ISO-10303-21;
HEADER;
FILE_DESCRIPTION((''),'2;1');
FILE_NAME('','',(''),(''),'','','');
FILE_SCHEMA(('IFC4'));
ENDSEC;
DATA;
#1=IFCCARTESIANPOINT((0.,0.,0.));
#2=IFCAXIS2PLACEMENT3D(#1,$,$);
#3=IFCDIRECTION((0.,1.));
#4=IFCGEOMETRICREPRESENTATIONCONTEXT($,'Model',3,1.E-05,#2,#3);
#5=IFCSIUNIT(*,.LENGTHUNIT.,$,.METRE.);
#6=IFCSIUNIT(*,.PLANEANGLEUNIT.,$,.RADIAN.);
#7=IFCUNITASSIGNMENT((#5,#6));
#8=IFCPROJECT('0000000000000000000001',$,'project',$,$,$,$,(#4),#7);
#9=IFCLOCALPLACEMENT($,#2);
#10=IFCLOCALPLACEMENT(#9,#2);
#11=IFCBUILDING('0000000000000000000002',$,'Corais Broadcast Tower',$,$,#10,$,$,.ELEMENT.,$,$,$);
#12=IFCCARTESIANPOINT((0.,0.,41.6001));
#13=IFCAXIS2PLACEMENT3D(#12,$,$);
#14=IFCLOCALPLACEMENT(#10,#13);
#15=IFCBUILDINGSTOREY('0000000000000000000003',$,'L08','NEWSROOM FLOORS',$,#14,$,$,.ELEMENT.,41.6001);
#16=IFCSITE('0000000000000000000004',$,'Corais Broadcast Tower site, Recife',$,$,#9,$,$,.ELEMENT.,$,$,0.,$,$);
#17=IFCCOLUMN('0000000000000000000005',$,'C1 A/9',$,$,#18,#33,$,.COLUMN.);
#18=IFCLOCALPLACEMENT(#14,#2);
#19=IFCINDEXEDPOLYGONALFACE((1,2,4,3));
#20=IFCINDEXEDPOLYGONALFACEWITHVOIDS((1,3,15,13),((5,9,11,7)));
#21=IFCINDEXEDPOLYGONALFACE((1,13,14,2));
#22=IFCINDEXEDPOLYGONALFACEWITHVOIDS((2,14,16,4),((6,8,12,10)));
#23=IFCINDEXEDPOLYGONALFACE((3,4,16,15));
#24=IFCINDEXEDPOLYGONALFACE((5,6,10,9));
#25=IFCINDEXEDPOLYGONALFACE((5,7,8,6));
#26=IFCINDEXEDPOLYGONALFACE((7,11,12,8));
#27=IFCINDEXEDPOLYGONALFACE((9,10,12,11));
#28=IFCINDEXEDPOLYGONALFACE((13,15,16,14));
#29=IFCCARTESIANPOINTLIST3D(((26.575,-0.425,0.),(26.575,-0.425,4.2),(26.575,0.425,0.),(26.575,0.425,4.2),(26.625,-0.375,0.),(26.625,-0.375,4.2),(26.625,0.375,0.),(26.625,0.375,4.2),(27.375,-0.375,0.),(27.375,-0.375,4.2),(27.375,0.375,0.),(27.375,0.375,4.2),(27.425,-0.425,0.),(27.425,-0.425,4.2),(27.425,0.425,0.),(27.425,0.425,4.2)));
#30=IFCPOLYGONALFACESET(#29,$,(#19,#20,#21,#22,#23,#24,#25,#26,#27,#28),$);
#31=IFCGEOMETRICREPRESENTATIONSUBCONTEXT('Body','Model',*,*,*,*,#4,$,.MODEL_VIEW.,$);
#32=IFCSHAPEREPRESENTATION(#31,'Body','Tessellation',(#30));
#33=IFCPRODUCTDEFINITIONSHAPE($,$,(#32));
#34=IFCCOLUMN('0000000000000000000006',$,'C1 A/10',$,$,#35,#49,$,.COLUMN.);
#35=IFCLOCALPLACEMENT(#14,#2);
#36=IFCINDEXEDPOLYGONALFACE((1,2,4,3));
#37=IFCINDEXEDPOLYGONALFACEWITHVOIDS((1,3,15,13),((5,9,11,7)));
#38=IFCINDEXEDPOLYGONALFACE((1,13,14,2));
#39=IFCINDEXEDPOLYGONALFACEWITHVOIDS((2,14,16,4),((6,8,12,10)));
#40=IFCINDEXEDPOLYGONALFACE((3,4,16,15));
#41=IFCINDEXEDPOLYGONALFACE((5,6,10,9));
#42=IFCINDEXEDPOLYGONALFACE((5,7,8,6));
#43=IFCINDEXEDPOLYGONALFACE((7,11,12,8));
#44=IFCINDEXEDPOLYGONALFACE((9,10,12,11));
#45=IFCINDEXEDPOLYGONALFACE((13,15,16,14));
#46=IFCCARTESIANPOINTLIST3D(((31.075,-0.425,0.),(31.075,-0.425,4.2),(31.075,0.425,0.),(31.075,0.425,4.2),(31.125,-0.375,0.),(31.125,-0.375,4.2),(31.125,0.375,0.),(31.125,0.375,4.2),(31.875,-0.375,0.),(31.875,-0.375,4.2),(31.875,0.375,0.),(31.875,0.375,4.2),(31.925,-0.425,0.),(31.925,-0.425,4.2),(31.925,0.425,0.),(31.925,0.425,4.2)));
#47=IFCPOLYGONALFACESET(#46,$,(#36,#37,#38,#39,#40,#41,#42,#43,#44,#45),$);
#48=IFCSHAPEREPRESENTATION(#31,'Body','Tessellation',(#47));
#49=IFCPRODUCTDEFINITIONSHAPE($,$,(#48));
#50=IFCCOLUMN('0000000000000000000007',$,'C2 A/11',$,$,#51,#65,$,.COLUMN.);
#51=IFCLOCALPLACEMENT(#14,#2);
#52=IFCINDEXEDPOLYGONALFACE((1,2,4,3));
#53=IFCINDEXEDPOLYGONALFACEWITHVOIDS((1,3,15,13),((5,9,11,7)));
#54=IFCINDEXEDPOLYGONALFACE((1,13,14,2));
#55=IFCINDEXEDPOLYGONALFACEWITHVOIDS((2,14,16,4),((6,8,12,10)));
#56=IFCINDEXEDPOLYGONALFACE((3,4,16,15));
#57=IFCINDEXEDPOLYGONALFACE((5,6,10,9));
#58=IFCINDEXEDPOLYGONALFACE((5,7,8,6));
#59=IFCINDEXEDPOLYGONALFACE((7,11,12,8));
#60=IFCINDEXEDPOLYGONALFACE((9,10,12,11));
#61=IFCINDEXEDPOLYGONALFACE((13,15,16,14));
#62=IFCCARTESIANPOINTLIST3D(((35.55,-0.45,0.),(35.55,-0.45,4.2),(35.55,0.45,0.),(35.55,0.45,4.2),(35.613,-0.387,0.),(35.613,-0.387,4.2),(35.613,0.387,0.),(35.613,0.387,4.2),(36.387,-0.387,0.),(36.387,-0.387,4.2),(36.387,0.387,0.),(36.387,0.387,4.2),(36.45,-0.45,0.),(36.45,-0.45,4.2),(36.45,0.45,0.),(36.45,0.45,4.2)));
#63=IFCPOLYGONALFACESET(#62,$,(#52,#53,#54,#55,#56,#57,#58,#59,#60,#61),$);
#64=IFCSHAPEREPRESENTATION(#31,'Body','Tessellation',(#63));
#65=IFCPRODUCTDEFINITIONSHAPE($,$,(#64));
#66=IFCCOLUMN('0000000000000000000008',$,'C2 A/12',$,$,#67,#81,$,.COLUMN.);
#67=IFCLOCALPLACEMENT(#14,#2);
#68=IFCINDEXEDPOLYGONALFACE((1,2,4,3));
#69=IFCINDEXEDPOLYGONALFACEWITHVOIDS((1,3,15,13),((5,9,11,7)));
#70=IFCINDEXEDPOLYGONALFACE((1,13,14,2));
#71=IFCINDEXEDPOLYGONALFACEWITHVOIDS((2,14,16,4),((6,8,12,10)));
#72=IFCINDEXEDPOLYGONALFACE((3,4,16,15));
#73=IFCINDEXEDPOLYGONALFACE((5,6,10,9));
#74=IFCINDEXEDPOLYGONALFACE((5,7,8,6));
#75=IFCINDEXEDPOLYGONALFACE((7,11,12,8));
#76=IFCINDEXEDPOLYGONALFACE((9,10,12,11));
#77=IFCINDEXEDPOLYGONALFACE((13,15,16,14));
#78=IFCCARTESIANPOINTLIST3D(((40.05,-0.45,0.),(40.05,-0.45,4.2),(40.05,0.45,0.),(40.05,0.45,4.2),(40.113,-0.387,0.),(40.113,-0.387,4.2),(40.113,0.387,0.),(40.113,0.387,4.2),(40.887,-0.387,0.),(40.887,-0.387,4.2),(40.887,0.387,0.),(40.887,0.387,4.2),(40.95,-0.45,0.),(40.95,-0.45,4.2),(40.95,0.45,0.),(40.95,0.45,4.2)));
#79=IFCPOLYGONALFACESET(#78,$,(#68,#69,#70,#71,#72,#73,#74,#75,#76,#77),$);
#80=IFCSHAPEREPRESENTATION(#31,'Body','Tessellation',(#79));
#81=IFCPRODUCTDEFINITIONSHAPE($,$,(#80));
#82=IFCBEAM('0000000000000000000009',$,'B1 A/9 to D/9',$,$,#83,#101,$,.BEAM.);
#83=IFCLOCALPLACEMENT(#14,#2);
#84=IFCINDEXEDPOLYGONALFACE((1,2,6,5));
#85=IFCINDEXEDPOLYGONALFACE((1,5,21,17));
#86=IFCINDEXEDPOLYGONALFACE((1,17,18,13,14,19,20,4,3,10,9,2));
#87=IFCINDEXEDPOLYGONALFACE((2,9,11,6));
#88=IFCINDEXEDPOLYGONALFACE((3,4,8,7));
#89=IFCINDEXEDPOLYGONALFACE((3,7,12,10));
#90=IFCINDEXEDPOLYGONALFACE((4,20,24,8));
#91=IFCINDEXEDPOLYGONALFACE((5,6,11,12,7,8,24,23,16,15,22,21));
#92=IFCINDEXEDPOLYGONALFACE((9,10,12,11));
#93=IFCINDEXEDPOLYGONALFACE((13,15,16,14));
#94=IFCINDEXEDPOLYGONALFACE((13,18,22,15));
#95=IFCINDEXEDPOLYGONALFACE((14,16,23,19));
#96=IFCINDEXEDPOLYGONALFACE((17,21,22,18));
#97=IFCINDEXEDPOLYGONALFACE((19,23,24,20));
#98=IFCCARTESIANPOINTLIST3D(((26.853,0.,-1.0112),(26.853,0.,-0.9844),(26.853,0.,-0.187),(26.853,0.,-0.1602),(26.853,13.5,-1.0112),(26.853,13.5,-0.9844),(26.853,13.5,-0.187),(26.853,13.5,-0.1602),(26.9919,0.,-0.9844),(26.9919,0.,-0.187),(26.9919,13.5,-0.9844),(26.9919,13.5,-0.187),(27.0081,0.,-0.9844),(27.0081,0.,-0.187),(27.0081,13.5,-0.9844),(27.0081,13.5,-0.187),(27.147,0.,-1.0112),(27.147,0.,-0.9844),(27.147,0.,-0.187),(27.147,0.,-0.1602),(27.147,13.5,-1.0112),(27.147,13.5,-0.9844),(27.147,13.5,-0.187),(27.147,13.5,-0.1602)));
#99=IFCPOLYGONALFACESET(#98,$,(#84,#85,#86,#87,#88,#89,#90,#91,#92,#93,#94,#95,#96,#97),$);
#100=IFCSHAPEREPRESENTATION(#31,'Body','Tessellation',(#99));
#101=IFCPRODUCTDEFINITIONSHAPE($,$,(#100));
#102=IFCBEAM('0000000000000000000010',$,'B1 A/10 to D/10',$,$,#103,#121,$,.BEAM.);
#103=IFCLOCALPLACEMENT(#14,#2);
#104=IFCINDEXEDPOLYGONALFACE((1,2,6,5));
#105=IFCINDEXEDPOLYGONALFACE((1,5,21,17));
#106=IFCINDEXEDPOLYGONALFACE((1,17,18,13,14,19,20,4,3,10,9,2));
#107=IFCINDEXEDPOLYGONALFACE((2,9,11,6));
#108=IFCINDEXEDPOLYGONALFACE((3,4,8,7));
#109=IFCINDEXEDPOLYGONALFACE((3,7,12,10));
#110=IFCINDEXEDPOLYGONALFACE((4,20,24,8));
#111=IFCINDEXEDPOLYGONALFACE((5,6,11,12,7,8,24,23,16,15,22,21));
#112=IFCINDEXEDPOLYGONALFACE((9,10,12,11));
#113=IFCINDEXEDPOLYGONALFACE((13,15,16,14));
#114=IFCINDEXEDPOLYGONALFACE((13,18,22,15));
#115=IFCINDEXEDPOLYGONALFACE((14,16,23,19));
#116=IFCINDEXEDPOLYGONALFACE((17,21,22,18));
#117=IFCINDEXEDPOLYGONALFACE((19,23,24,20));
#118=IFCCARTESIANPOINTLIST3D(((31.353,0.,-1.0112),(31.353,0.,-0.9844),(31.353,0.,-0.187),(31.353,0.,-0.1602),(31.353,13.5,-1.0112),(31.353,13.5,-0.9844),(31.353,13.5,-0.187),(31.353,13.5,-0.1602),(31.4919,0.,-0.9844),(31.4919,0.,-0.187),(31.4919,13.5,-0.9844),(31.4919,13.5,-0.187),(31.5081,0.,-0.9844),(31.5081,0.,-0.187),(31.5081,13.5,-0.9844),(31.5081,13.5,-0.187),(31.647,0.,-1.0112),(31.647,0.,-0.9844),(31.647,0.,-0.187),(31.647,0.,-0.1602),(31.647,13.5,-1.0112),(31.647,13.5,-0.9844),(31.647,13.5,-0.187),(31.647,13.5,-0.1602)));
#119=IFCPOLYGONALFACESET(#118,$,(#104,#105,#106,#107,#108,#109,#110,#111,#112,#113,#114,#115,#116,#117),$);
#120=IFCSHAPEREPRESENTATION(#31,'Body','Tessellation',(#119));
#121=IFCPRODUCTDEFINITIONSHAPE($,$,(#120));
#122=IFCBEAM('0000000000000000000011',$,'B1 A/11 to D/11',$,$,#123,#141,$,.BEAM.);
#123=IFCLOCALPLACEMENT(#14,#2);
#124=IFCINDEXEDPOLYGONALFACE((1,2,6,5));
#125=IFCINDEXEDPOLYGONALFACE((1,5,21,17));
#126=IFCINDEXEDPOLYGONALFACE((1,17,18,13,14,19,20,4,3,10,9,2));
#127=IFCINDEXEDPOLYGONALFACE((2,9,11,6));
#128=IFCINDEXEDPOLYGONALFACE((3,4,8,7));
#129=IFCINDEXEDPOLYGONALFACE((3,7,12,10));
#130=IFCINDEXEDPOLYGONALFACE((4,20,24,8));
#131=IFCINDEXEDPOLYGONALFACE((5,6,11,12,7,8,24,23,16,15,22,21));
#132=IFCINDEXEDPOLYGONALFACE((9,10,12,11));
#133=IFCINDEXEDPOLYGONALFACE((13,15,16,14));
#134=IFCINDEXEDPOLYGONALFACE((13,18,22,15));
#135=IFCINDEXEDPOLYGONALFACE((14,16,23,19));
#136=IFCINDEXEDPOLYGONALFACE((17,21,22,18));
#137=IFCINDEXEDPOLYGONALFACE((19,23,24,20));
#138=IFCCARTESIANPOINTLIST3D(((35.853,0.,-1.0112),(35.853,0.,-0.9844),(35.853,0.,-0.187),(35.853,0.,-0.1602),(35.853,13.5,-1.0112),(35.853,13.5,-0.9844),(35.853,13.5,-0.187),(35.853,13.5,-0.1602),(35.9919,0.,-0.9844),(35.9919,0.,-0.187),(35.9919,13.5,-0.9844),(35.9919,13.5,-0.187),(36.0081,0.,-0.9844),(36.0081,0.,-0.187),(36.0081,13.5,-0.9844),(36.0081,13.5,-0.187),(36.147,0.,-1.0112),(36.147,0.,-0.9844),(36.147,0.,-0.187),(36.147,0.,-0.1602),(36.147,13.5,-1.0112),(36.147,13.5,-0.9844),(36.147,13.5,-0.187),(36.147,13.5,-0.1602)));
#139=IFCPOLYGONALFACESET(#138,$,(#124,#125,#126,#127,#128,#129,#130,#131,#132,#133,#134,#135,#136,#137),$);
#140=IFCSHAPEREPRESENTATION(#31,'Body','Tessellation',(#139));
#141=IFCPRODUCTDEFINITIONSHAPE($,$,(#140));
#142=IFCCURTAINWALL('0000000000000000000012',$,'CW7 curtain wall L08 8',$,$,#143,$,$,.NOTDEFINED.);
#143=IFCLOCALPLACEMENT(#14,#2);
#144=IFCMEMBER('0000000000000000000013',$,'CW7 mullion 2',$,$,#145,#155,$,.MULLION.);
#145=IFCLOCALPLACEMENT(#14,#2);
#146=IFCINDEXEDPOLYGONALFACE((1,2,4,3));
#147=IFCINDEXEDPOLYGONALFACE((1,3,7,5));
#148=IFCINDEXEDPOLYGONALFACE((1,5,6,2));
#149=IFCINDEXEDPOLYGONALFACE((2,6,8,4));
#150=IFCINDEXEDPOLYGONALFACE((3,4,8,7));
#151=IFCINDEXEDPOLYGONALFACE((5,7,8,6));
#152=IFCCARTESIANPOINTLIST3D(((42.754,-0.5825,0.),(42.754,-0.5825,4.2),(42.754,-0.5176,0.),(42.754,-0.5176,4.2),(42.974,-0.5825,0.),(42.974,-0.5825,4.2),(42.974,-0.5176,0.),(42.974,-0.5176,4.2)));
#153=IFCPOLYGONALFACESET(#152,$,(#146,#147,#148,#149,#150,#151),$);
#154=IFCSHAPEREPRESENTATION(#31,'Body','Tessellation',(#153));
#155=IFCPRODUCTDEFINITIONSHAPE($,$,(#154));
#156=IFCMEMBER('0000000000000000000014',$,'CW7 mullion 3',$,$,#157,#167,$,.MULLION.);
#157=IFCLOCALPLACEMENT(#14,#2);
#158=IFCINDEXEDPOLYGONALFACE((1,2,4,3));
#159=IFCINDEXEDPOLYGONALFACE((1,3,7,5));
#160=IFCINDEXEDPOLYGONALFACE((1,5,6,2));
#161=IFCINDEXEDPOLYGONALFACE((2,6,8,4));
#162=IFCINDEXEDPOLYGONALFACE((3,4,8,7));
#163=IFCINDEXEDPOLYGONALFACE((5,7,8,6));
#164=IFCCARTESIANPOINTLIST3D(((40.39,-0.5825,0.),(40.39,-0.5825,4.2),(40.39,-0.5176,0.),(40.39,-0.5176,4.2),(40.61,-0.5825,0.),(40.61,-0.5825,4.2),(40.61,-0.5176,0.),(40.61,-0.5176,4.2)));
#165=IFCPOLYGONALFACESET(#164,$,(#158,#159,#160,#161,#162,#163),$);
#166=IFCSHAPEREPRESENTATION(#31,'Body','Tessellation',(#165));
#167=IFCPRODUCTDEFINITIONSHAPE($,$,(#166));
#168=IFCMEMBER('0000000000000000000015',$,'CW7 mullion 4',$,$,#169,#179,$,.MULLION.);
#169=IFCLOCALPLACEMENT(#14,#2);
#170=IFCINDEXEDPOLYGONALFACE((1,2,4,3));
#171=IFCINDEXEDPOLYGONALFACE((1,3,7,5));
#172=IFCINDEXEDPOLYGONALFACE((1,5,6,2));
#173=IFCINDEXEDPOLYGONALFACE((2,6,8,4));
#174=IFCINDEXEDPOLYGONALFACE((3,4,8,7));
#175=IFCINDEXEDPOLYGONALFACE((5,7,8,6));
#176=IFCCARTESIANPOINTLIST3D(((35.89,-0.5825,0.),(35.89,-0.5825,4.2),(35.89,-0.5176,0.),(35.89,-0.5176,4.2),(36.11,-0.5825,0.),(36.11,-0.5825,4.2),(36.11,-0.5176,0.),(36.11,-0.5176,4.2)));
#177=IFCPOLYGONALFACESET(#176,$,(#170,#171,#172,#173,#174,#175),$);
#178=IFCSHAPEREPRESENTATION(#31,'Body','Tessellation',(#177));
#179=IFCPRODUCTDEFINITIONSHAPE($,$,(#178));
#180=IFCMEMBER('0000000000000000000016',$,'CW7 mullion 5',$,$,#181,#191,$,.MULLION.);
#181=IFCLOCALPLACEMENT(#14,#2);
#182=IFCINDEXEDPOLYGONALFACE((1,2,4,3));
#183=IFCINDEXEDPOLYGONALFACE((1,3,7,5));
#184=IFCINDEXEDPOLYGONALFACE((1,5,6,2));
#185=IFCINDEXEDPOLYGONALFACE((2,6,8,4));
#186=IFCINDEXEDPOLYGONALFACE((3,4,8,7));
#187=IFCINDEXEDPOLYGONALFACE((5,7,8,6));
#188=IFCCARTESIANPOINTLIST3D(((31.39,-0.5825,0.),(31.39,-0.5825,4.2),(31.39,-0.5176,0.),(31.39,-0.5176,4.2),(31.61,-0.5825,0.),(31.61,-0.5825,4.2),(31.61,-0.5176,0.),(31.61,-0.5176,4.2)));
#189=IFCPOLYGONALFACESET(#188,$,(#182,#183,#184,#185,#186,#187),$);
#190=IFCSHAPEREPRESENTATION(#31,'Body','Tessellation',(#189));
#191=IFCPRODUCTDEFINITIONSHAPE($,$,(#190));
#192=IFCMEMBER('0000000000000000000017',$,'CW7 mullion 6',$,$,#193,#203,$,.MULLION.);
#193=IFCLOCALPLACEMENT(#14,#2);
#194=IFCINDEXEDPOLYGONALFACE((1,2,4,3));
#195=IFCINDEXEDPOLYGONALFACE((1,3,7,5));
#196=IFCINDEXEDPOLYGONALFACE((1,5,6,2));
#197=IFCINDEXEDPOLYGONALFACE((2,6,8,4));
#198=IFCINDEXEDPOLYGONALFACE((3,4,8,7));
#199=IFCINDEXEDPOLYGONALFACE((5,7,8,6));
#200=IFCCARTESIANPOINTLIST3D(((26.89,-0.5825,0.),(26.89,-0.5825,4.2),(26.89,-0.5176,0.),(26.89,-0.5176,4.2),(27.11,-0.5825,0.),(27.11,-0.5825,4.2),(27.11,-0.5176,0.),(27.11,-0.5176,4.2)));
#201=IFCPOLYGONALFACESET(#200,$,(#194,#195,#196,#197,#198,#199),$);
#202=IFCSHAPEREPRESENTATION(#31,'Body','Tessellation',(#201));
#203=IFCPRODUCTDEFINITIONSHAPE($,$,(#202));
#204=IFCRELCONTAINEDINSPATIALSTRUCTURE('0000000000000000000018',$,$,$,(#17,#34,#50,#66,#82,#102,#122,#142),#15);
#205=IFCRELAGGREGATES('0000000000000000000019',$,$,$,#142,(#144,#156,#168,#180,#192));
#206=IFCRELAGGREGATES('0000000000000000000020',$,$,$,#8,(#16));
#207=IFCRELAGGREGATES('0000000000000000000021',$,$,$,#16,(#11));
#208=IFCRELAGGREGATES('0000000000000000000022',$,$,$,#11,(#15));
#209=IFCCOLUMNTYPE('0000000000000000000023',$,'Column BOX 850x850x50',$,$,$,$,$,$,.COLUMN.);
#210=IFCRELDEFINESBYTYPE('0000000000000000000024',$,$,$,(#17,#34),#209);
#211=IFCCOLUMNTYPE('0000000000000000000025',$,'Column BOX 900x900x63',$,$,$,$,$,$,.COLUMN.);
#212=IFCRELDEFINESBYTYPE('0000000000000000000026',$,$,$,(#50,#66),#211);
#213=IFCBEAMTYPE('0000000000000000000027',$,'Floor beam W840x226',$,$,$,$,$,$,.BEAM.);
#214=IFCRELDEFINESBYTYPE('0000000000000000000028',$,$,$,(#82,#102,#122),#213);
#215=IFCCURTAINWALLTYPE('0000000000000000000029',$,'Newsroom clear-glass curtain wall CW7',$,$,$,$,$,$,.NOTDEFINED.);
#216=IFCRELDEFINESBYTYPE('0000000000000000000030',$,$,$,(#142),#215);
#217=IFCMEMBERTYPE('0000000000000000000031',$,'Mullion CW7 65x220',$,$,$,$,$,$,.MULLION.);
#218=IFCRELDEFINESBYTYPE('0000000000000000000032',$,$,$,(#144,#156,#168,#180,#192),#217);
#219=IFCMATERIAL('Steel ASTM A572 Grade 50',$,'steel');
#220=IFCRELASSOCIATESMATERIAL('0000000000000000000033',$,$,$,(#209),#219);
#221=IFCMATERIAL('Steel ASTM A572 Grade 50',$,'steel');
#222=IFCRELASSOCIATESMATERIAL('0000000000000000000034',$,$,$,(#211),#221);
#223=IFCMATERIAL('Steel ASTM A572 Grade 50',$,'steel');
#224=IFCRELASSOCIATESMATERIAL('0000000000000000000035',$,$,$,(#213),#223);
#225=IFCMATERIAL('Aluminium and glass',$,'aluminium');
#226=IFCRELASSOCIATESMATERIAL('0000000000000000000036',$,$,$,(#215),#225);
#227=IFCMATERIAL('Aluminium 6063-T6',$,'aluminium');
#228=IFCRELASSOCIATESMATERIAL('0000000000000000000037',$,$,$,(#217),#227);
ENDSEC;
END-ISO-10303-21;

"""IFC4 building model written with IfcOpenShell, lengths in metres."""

from ifc_helpers import new_model, si_unit, direction, frame, origin, origin_2d, place, context, subcontext, project, spatial, rectangle, hollow_rectangle, i_section, extrude, material, material_profile, profile_set, type_object, element, aggregate, save


model = new_model("IFC4")

# Units and contexts
model_context = context("Model", 3, precision=1e-05, world=origin(), true_north=direction((0.0, 1.0)))
body_context = subcontext(model_context, "Body", "Model", "MODEL_VIEW")
ifc_project = project(units=[si_unit("LENGTHUNIT", "METRE"), si_unit("PLANEANGLEUNIT", "RADIAN")], contexts=[model_context])

# Site, building, storey
site_placement = place(None, origin())
site = spatial("IfcSite", under=ifc_project, at=site_placement, Name="Corais Broadcast Tower site, Recife", CompositionType="ELEMENT", RefElevation=0.0)
building_placement = place(site_placement, origin())
building = spatial("IfcBuilding", under=site, at=building_placement, Name="Corais Broadcast Tower", CompositionType="ELEMENT")
storey_placement = place(building_placement, frame((0.0, 0.0, 41.6001)))
storey = spatial("IfcBuildingStorey", under=building, at=storey_placement, Name="L08", Description="NEWSROOM FLOORS", CompositionType="ELEMENT", Elevation=41.6001)

# Columns
ifc_material_1 = material(Name="Steel ASTM A572 Grade 50", Category="steel")
ifc_material_profile_1 = material_profile(ifc_material_1, hollow_rectangle(XDim=0.8501, YDim=0.8501, WallThickness=0.05, at=origin_2d()), Name="BOX 850x850x50")
ifc_profile_set_1 = profile_set([ifc_material_profile_1], Name="Steel ASTM A572 Grade 50")
column_type_1 = type_object("IfcColumnType", Name="Column BOX 850x850x50", PredefinedType="COLUMN", material=ifc_profile_set_1)
for number, where, z_axis, x_axis, name in (
    (1, (27.0, 0.0, 0.0), (0.0, 0.0, 1.0), (1.0, 0.0, 0.0), "C1 A/9"),
    (2, (31.5, 0.0, 0.0), (0.0, 0.0, 1.0), (1.0, 0.0, 0.0), "C1 A/10"),
):
    element("IfcColumn", number, at=place(storey_placement, frame(where, z_axis=z_axis, x_axis=x_axis)), inside=storey, type_object=column_type_1, Name=name, PredefinedType="COLUMN", context=body_context, shape_type="SweptSolid", body=[
        extrude(hollow_rectangle(XDim=0.8501, YDim=0.8501, WallThickness=0.05, at=origin_2d()), origin(), (0.0, 0.0, 1.0), 4.2),
    ])
ifc_material_2 = material(Name="Steel ASTM A572 Grade 50", Category="steel")
ifc_material_profile_2 = material_profile(ifc_material_2, hollow_rectangle(XDim=0.8999, YDim=0.8999, WallThickness=0.063, at=origin_2d()), Name="BOX 900x900x63")
ifc_profile_set_2 = profile_set([ifc_material_profile_2], Name="Steel ASTM A572 Grade 50")
column_type_2 = type_object("IfcColumnType", Name="Column BOX 900x900x63", PredefinedType="COLUMN", material=ifc_profile_set_2)
for number, where, z_axis, x_axis, name in (
    (3, (36.0, 0.0, 0.0), (0.0, 0.0, 1.0), (1.0, 0.0, 0.0), "C2 A/11"),
    (4, (40.5, 0.0, 0.0), (0.0, 0.0, 1.0), (1.0, 0.0, 0.0), "C2 A/12"),
):
    element("IfcColumn", number, at=place(storey_placement, frame(where, z_axis=z_axis, x_axis=x_axis)), inside=storey, type_object=column_type_2, Name=name, PredefinedType="COLUMN", context=body_context, shape_type="SweptSolid", body=[
        extrude(hollow_rectangle(XDim=0.8999, YDim=0.8999, WallThickness=0.063, at=origin_2d()), origin(), (0.0, 0.0, 1.0), 4.2),
    ])

# Beams
ifc_material_3 = material(Name="Steel ASTM A572 Grade 50", Category="steel")
ifc_material_profile_3 = material_profile(ifc_material_3, i_section(OverallWidth=0.2939, OverallDepth=0.8511, WebThickness=0.0161, FlangeThickness=0.0269, at=origin_2d()), Name="W840x226")
ifc_profile_set_3 = profile_set([ifc_material_profile_3], Name="Steel ASTM A572 Grade 50")
beam_type_1 = type_object("IfcBeamType", Name="Floor beam W840x226", PredefinedType="BEAM", material=ifc_profile_set_3)
for number, where, z_axis, x_axis, name in (
    (5, (27.0, 0.0, -0.5857), (0.0, 1.0, 0.0), (-1.0, 0.0, 0.0), "B1 A/9 to D/9"),
    (6, (31.5, 0.0, -0.5857), (0.0, 1.0, 0.0), (-1.0, 0.0, 0.0), "B1 A/10 to D/10"),
    (7, (36.0, 0.0, -0.5857), (0.0, 1.0, 0.0), (-1.0, 0.0, 0.0), "B1 A/11 to D/11"),
):
    element("IfcBeam", number, at=place(storey_placement, frame(where, z_axis=z_axis, x_axis=x_axis)), inside=storey, type_object=beam_type_1, Name=name, PredefinedType="BEAM", context=body_context, shape_type="SweptSolid", body=[
        extrude(i_section(OverallWidth=0.2939, OverallDepth=0.8511, WebThickness=0.0161, FlangeThickness=0.0269, at=origin_2d()), origin(), (0.0, 0.0, 1.0), 13.5),
    ])

# Curtain wall, members
ifc_material_4 = material(Name="Aluminium and glass", Category="aluminium")
curtain_wall_type = type_object("IfcCurtainWallType", Name="Newsroom clear-glass curtain wall CW7", PredefinedType="NOTDEFINED", material=ifc_material_4)
curtain_wall_placement = place(storey_placement, origin())
curtain_wall = element("IfcCurtainWall", 8, at=curtain_wall_placement, inside=storey, type_object=curtain_wall_type, Name="CW7 curtain wall L08 8", PredefinedType="NOTDEFINED")
ifc_material_5 = material(Name="Aluminium 6063-T6", Category="aluminium")
ifc_material_profile_4 = material_profile(ifc_material_5, rectangle(XDim=0.0649, YDim=0.22, at=origin_2d()), Name="Mullion CW7 65x220")
ifc_profile_set_4 = profile_set([ifc_material_profile_4], Name="Aluminium 6063-T6")
member_type_1 = type_object("IfcMemberType", Name="Mullion CW7 65x220", PredefinedType="MULLION", material=ifc_profile_set_4)
member_1_placement = place(storey_placement, frame((42.864, -0.55, 0.0), z_axis=(0.0, 0.0, 1.0), x_axis=(0.0, -1.0, 0.0)))
member_1 = element("IfcMember", 9, at=member_1_placement, type_object=member_type_1, Name="CW7 mullion 2", PredefinedType="MULLION", context=body_context, shape_type="SweptSolid", body=[
    extrude(rectangle(XDim=0.0649, YDim=0.22, at=origin_2d()), origin(), (0.0, 0.0, 1.0), 4.2),
])
member_2_placement = place(storey_placement, frame((40.5, -0.55, 0.0), z_axis=(0.0, 0.0, 1.0), x_axis=(0.0, -1.0, 0.0)))
member_2 = element("IfcMember", 10, at=member_2_placement, type_object=member_type_1, Name="CW7 mullion 3", PredefinedType="MULLION", context=body_context, shape_type="SweptSolid", body=[
    extrude(rectangle(XDim=0.0649, YDim=0.22, at=origin_2d()), origin(), (0.0, 0.0, 1.0), 4.2),
])
member_3_placement = place(storey_placement, frame((36.0, -0.55, 0.0), z_axis=(0.0, 0.0, 1.0), x_axis=(0.0, -1.0, 0.0)))
member_3 = element("IfcMember", 11, at=member_3_placement, type_object=member_type_1, Name="CW7 mullion 4", PredefinedType="MULLION", context=body_context, shape_type="SweptSolid", body=[
    extrude(rectangle(XDim=0.0649, YDim=0.22, at=origin_2d()), origin(), (0.0, 0.0, 1.0), 4.2),
])
member_4_placement = place(storey_placement, frame((31.5, -0.55, 0.0), z_axis=(0.0, 0.0, 1.0), x_axis=(0.0, -1.0, 0.0)))
member_4 = element("IfcMember", 12, at=member_4_placement, type_object=member_type_1, Name="CW7 mullion 5", PredefinedType="MULLION", context=body_context, shape_type="SweptSolid", body=[
    extrude(rectangle(XDim=0.0649, YDim=0.22, at=origin_2d()), origin(), (0.0, 0.0, 1.0), 4.2),
])
member_5_placement = place(storey_placement, frame((27.0, -0.55, 0.0), z_axis=(0.0, 0.0, 1.0), x_axis=(0.0, -1.0, 0.0)))
member_5 = element("IfcMember", 13, at=member_5_placement, type_object=member_type_1, Name="CW7 mullion 6", PredefinedType="MULLION", context=body_context, shape_type="SweptSolid", body=[
    extrude(rectangle(XDim=0.0649, YDim=0.22, at=origin_2d()), origin(), (0.0, 0.0, 1.0), 4.2),
])

aggregate(curtain_wall, [member_1, member_2, member_3, member_4, member_5])

save(model, "model.ifc")
